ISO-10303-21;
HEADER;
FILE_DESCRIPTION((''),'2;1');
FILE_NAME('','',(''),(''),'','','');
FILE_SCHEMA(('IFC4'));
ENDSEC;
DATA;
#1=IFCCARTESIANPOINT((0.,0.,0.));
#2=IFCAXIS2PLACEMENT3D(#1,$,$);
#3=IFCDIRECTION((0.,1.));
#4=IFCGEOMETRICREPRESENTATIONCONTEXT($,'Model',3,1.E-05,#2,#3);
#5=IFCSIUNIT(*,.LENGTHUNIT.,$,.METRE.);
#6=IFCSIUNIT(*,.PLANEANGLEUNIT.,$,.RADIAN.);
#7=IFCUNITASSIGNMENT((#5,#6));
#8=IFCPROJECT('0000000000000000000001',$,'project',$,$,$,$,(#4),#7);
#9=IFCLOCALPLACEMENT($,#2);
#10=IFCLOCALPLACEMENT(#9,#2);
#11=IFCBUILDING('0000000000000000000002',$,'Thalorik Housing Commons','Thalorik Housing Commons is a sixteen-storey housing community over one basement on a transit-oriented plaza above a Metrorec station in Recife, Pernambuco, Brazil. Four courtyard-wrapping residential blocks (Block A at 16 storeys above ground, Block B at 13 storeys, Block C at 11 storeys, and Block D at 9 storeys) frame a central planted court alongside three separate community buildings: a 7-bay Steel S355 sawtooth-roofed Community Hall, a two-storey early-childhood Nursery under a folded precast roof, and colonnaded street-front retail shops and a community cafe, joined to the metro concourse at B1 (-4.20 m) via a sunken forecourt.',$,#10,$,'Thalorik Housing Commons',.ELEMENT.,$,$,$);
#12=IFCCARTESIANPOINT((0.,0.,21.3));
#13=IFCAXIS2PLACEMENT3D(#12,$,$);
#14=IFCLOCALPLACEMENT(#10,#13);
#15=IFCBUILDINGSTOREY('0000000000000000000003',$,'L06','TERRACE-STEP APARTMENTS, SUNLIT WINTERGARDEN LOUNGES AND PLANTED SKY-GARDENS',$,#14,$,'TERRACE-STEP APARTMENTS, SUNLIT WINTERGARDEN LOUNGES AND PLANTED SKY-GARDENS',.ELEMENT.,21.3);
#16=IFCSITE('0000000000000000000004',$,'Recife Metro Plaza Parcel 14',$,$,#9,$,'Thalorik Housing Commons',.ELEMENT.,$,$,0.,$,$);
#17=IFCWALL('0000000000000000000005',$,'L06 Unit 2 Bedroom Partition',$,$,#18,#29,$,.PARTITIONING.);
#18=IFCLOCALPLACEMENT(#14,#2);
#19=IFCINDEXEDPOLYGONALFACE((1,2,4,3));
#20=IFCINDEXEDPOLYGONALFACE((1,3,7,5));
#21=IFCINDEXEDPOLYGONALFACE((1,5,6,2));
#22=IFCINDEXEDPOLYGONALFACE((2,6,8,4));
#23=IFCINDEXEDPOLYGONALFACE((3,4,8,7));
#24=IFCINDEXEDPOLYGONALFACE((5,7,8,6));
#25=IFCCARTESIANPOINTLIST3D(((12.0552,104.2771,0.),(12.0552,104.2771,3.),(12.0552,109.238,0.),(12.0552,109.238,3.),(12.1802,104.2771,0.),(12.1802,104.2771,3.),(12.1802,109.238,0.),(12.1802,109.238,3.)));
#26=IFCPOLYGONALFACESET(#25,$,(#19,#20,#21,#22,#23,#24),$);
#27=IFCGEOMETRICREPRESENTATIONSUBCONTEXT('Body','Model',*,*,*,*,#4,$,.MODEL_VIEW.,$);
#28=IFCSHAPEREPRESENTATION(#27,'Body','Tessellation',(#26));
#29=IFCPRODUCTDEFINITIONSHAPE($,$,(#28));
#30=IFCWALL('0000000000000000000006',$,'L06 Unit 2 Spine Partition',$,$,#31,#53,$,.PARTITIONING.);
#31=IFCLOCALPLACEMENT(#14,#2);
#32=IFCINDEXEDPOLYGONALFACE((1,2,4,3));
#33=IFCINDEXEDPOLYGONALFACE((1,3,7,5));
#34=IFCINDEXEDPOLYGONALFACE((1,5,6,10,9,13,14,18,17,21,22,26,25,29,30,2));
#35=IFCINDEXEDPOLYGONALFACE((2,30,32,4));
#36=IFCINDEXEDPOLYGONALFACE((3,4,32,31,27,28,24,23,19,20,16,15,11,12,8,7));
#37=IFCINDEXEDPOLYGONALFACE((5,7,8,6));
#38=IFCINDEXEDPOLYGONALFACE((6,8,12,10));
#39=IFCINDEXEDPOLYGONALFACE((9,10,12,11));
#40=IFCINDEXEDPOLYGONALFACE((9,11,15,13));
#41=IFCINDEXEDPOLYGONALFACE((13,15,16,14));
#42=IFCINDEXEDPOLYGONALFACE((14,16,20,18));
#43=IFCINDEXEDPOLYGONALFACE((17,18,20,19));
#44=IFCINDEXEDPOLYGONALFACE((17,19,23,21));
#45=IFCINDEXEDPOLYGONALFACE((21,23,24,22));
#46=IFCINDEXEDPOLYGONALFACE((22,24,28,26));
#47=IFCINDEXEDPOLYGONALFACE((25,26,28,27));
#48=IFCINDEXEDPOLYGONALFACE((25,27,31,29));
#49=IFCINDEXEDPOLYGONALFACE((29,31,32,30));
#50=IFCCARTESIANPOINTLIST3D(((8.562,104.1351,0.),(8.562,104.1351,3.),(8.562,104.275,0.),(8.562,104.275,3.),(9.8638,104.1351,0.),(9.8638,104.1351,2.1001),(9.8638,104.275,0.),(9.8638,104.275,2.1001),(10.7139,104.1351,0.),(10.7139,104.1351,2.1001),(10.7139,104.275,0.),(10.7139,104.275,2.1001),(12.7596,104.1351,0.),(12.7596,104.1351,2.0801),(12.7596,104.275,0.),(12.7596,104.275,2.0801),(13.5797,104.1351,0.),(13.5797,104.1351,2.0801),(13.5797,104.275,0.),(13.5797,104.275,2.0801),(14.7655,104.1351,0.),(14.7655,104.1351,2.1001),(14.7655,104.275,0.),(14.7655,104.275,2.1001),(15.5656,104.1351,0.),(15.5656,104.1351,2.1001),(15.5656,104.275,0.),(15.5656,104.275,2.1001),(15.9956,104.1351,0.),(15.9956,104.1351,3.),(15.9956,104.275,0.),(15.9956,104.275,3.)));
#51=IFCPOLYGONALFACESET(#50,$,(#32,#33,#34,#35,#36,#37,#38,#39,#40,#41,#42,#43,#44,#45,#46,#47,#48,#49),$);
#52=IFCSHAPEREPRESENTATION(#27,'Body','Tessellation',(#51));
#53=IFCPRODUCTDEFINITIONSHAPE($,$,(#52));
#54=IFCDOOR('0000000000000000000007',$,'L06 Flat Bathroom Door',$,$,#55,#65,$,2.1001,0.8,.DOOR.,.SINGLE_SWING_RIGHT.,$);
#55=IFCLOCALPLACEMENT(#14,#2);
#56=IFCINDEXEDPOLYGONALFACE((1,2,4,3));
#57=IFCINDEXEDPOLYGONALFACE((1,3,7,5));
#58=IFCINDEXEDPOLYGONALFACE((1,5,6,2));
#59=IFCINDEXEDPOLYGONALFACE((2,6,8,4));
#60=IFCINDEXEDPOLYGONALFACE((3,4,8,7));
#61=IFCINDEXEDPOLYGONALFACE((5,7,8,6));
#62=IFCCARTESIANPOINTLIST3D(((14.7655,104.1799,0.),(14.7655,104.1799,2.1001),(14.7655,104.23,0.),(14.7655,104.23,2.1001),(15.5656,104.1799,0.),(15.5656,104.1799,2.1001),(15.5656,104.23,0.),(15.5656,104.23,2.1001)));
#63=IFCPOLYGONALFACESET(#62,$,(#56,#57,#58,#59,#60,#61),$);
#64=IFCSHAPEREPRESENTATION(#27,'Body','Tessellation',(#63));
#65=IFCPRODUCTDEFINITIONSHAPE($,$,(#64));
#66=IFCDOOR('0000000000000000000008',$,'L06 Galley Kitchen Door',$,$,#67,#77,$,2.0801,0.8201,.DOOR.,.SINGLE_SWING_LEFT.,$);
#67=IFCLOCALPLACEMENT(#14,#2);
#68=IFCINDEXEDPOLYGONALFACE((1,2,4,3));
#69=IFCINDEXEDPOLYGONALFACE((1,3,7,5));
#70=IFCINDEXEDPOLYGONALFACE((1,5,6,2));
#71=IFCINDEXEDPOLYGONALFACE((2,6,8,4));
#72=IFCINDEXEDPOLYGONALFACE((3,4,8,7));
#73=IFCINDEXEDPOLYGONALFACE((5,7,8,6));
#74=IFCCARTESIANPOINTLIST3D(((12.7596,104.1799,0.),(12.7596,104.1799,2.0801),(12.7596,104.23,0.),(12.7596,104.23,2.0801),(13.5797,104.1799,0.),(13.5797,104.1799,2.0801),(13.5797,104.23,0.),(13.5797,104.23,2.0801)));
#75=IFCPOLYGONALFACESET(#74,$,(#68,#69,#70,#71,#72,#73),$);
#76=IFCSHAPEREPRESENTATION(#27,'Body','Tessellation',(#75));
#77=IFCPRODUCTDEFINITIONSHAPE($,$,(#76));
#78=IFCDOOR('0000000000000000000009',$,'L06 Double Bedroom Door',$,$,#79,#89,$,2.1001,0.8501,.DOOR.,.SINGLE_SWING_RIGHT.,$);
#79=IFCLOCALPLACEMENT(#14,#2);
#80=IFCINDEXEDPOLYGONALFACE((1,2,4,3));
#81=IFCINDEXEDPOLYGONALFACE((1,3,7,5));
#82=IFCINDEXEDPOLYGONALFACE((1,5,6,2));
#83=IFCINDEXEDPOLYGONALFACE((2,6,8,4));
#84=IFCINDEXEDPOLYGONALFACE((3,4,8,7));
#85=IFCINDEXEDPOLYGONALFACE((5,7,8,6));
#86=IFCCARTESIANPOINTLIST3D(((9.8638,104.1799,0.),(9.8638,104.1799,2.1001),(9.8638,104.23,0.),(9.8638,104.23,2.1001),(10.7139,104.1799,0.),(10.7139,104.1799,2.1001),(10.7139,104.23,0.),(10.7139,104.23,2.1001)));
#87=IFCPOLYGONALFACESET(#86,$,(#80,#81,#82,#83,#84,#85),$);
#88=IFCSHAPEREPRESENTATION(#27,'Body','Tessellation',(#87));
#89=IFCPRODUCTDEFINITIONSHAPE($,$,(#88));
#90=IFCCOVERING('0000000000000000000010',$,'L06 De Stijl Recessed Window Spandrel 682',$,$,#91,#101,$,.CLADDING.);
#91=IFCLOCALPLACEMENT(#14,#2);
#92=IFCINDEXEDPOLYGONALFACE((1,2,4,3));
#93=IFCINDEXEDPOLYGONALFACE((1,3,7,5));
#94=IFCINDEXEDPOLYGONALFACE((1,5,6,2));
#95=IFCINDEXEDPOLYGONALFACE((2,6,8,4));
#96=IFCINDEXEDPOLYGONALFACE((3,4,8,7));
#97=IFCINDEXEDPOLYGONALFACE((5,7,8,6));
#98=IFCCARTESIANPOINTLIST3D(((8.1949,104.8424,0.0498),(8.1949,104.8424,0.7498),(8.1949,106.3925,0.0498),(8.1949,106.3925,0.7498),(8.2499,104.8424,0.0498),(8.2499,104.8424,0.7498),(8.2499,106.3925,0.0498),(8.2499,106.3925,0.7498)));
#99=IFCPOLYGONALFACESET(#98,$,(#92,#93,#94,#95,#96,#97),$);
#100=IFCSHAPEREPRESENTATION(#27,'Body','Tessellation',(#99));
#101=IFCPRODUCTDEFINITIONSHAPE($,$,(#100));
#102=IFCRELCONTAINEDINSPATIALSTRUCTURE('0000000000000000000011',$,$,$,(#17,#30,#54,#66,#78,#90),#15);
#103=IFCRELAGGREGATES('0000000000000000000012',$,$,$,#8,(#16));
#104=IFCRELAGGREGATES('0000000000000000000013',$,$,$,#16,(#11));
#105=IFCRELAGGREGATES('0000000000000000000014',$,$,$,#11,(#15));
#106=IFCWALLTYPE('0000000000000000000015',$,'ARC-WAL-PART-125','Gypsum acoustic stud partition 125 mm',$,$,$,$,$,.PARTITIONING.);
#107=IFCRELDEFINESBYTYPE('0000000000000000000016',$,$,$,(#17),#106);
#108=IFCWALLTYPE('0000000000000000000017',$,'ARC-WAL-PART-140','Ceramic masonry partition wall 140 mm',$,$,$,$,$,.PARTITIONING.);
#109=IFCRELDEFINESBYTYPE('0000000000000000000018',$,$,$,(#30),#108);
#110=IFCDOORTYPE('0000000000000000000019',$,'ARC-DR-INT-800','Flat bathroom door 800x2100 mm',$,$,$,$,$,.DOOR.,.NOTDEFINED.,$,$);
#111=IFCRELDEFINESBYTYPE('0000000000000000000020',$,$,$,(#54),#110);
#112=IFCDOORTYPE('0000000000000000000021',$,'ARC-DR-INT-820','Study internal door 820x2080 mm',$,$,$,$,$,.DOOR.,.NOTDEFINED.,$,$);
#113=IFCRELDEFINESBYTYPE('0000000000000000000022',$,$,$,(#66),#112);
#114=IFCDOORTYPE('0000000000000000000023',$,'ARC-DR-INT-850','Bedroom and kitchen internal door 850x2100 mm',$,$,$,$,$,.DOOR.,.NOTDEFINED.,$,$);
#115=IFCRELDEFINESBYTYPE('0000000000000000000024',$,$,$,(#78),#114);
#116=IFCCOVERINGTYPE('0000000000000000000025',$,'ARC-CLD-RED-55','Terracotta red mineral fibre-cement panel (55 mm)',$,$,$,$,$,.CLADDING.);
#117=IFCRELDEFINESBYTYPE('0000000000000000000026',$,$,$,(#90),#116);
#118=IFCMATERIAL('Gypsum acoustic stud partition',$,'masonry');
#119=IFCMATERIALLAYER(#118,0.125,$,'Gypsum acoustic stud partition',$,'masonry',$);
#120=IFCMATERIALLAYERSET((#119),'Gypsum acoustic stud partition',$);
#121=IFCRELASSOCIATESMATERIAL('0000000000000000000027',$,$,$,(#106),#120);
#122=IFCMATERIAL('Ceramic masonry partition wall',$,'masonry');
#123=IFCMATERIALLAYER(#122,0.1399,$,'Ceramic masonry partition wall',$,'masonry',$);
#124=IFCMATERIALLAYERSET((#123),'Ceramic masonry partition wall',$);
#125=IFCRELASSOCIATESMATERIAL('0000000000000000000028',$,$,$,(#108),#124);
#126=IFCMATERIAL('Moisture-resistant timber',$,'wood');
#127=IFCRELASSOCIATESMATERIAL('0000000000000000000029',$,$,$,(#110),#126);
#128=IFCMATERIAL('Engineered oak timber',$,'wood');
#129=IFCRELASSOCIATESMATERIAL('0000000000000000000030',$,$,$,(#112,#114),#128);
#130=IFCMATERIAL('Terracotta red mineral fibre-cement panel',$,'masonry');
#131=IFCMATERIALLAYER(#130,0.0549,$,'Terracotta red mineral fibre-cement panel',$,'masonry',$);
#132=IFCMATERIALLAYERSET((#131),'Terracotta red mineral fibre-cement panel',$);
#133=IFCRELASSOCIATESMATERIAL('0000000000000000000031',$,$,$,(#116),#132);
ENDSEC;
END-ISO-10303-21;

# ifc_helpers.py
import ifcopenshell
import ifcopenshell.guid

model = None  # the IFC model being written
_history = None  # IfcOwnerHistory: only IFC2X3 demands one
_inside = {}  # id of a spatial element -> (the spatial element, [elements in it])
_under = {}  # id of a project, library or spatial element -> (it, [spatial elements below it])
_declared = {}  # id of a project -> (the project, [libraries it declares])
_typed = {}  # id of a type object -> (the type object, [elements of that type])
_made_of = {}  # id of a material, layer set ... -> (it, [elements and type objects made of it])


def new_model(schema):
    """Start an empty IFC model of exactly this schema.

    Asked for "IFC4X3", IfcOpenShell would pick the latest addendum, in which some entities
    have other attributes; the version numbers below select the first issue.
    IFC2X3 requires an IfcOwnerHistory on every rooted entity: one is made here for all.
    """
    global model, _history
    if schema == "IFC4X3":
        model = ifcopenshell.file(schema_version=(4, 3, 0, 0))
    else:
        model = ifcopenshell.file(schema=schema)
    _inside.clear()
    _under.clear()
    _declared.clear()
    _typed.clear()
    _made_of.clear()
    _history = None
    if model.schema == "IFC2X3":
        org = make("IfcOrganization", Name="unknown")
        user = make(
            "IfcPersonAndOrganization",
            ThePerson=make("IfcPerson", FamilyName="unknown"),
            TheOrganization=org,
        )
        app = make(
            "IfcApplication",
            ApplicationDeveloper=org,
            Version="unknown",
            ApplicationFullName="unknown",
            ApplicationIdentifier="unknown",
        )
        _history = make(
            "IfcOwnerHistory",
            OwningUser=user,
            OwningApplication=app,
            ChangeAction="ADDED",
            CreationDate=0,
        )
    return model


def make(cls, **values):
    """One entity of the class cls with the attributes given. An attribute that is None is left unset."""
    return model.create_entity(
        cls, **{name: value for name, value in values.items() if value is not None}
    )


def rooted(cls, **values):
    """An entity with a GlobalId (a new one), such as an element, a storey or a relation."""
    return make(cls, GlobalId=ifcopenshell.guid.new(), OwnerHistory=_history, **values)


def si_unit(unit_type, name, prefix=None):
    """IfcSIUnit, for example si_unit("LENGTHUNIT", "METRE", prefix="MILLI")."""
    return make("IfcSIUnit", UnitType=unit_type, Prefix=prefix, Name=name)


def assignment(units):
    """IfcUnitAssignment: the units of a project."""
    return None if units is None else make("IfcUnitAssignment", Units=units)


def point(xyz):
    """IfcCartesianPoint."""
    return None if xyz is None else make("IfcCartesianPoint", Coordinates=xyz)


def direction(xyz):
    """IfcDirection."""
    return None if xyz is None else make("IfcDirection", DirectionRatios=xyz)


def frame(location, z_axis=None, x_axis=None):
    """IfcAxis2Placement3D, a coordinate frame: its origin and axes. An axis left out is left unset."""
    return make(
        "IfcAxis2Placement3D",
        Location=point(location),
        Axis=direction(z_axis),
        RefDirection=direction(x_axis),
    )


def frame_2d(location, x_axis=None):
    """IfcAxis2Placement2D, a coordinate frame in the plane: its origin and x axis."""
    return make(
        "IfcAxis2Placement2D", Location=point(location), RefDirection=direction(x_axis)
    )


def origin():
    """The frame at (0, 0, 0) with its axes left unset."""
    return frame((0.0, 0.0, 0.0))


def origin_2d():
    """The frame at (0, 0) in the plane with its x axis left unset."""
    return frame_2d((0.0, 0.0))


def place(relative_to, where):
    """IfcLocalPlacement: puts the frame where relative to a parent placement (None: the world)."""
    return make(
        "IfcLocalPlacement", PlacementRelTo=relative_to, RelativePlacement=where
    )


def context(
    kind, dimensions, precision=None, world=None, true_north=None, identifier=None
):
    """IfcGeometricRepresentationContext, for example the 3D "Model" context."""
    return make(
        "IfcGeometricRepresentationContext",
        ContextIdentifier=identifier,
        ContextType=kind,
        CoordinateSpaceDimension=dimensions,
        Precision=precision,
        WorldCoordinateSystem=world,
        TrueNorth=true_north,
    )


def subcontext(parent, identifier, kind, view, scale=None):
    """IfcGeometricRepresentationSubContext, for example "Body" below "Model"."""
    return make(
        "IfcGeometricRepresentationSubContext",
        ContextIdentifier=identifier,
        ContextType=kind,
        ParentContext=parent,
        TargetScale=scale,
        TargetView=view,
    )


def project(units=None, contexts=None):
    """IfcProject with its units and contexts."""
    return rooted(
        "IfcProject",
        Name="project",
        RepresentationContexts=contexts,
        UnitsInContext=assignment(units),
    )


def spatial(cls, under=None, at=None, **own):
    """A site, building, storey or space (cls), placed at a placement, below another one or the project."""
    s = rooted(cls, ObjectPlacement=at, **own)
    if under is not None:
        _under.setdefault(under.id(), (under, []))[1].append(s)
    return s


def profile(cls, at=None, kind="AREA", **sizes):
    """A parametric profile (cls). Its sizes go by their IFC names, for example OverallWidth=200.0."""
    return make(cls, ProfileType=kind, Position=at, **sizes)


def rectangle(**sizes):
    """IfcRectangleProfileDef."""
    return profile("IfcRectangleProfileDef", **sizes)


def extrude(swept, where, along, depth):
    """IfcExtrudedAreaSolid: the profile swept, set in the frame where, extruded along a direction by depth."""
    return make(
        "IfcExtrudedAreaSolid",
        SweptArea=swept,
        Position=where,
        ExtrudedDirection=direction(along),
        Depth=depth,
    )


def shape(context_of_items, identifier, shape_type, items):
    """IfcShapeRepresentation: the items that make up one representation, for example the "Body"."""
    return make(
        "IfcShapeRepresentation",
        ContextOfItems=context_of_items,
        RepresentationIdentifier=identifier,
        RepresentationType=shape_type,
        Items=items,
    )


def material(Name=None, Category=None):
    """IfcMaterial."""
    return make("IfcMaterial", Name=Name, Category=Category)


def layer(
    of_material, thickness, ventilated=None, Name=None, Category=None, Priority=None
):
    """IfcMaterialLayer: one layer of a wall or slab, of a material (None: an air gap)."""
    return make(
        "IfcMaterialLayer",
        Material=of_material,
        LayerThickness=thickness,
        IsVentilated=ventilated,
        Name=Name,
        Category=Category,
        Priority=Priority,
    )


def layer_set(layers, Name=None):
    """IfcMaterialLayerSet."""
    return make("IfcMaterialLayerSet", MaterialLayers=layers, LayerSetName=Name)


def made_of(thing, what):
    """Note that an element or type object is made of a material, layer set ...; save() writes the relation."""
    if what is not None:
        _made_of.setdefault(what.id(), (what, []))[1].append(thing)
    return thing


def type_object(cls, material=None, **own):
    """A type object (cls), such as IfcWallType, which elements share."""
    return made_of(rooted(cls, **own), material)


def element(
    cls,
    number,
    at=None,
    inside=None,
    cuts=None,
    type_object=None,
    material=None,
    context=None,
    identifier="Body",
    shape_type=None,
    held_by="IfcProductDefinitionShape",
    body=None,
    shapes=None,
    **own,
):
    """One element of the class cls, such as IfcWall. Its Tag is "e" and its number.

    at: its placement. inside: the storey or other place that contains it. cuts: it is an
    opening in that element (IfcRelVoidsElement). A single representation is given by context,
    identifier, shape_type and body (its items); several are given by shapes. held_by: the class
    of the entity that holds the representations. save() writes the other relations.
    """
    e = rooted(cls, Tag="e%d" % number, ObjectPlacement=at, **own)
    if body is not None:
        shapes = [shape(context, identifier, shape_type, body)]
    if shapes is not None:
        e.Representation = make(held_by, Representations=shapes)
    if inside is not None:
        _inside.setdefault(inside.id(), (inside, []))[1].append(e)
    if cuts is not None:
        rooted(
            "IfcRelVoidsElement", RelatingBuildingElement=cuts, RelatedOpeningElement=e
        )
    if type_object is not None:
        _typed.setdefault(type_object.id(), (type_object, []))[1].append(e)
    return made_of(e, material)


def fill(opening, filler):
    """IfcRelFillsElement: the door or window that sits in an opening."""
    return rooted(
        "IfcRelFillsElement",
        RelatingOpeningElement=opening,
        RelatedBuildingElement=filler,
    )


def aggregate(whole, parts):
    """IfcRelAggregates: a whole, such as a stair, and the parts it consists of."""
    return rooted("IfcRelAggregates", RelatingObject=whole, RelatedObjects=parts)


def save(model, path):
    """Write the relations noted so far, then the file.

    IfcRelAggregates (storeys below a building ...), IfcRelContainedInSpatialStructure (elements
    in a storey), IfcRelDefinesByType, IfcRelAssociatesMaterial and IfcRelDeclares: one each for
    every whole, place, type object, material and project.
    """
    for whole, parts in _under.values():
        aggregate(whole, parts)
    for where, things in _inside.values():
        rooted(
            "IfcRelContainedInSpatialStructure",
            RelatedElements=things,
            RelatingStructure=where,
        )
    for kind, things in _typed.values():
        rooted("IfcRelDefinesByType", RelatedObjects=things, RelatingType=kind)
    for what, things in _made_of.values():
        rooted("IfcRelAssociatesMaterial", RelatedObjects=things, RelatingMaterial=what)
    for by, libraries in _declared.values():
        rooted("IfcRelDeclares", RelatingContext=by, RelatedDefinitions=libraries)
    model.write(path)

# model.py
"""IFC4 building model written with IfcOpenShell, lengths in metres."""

from ifc_helpers import new_model, si_unit, direction, frame, frame_2d, origin, origin_2d, place, context, subcontext, project, spatial, rectangle, extrude, material, layer, layer_set, type_object, element, fill, save


model = new_model("IFC4")

# Units and contexts
model_context = context("Model", 3, precision=1e-05, world=origin(), true_north=direction((0.0, 1.0)))
body_context = subcontext(model_context, "Body", "Model", "MODEL_VIEW")
ifc_project = project(units=[si_unit("LENGTHUNIT", "METRE"), si_unit("PLANEANGLEUNIT", "RADIAN")], contexts=[model_context])

# Site, building, storey
site_placement = place(None, origin())
site = spatial("IfcSite", under=ifc_project, at=site_placement, Name="Recife Metro Plaza Parcel 14", LongName="Thalorik Housing Commons", CompositionType="ELEMENT", RefElevation=0.0)
building_placement = place(site_placement, origin())
building = spatial("IfcBuilding", under=site, at=building_placement, Name="Thalorik Housing Commons", Description="Thalorik Housing Commons is a sixteen-storey housing community over one basement on a transit-oriented plaza above a Metrorec station in Recife, Pernambuco, Brazil. Four courtyard-wrapping residential blocks (Block A at 16 storeys above ground, Block B at 13 storeys, Block C at 11 storeys, and Block D at 9 storeys) frame a central planted court alongside three separate community buildings: a 7-bay Steel S355 sawtooth-roofed Community Hall, a two-storey early-childhood Nursery under a folded precast roof, and colonnaded street-front retail shops and a community cafe, joined to the metro concourse at B1 (-4.20 m) via a sunken forecourt.", LongName="Thalorik Housing Commons", CompositionType="ELEMENT")
storey_placement = place(building_placement, frame((0.0, 0.0, 21.3)))
storey = spatial("IfcBuildingStorey", under=building, at=storey_placement, Name="L06", Description="TERRACE-STEP APARTMENTS, SUNLIT WINTERGARDEN LOUNGES AND PLANTED SKY-GARDENS", LongName="TERRACE-STEP APARTMENTS, SUNLIT WINTERGARDEN LOUNGES AND PLANTED SKY-GARDENS", CompositionType="ELEMENT", Elevation=21.3)

# Wall
ifc_material_1 = material(Name="Gypsum acoustic stud partition", Category="masonry")
ifc_layer_1 = layer(ifc_material_1, 0.125, Name="Gypsum acoustic stud partition", Category="masonry")
ifc_layer_set_1 = layer_set([ifc_layer_1], Name="Gypsum acoustic stud partition")
wall_type_1 = type_object("IfcWallType", Name="ARC-WAL-PART-125", Description="Gypsum acoustic stud partition 125 mm", PredefinedType="PARTITIONING", material=ifc_layer_set_1)
wall_1_placement = place(storey_placement, frame((12.1177, 104.2771, 0.0), z_axis=(0.0, 0.0, 1.0), x_axis=(0.0, 1.0, 0.0)))
element("IfcWall", 1, at=wall_1_placement, inside=storey, type_object=wall_type_1, Name="L06 Unit 2 Bedroom Partition", PredefinedType="PARTITIONING", context=body_context, shape_type="SweptSolid", body=[
    extrude(rectangle(XDim=4.9609, YDim=0.125, at=frame_2d((2.4805, 0.0))), origin(), (0.0, 0.0, 1.0), 3.0),
])

# Wall, openings, doors
ifc_material_2 = material(Name="Ceramic masonry partition wall", Category="masonry")
ifc_layer_2 = layer(ifc_material_2, 0.1399, Name="Ceramic masonry partition wall", Category="masonry")
ifc_layer_set_2 = layer_set([ifc_layer_2], Name="Ceramic masonry partition wall")
wall_type_2 = type_object("IfcWallType", Name="ARC-WAL-PART-140", Description="Ceramic masonry partition wall 140 mm", PredefinedType="PARTITIONING", material=ifc_layer_set_2)
wall_2_placement = place(storey_placement, frame((8.562, 104.2051, 0.0), z_axis=(0.0, 0.0, 1.0), x_axis=(1.0, 0.0, 0.0)))
wall_2 = element("IfcWall", 2, at=wall_2_placement, inside=storey, type_object=wall_type_2, Name="L06 Unit 2 Spine Partition", PredefinedType="PARTITIONING", context=body_context, shape_type="SweptSolid", body=[
    extrude(rectangle(XDim=7.4336, YDim=0.1399, at=frame_2d((3.7168, 0.0))), origin(), (0.0, 0.0, 1.0), 3.0),
])
opening_1_placement = place(wall_2_placement, frame((1.3018, 0.0, 0.0)))
opening_1 = element("IfcOpeningElement", 3, at=opening_1_placement, cuts=wall_2, PredefinedType="OPENING", context=body_context, shape_type="SweptSolid", body=[
    extrude(rectangle(XDim=0.8501, YDim=2.1001, at=frame_2d((0.425, 1.05))), frame((0.0, 0.0801, 0.0), z_axis=(0.0, -1.0, 0.0), x_axis=(1.0, 0.0, 0.0)), (0.0, 0.0, 1.0), 0.1599),
])
opening_2_placement = place(wall_2_placement, frame((4.1975, 0.0, 0.0)))
opening_2 = element("IfcOpeningElement", 4, at=opening_2_placement, cuts=wall_2, PredefinedType="OPENING", context=body_context, shape_type="SweptSolid", body=[
    extrude(rectangle(XDim=0.8201, YDim=2.0801, at=frame_2d((0.4102, 1.04))), frame((0.0, 0.0801, 0.0), z_axis=(0.0, -1.0, 0.0), x_axis=(1.0, 0.0, 0.0)), (0.0, 0.0, 1.0), 0.1599),
])
opening_3_placement = place(wall_2_placement, frame((6.2036, 0.0, 0.0)))
opening_3 = element("IfcOpeningElement", 5, at=opening_3_placement, cuts=wall_2, PredefinedType="OPENING", context=body_context, shape_type="SweptSolid", body=[
    extrude(rectangle(XDim=0.8, YDim=2.1001, at=frame_2d((0.3999, 1.05))), frame((0.0, 0.0801, 0.0), z_axis=(0.0, -1.0, 0.0), x_axis=(1.0, 0.0, 0.0)), (0.0, 0.0, 1.0), 0.1599),
])
ifc_material_3 = material(Name="Moisture-resistant timber", Category="wood")
door_type_1 = type_object("IfcDoorType", Name="ARC-DR-INT-800", Description="Flat bathroom door 800x2100 mm", OperationType="NOTDEFINED", PredefinedType="DOOR", material=ifc_material_3)
door_1_placement = place(opening_3_placement, origin())
door_1 = element("IfcDoor", 6, at=door_1_placement, inside=storey, type_object=door_type_1, Name="L06 Flat Bathroom Door", OperationType="SINGLE_SWING_RIGHT", OverallHeight=2.1001, OverallWidth=0.8, PredefinedType="DOOR", context=body_context, shape_type="SweptSolid", body=[
    extrude(rectangle(XDim=0.8, YDim=2.1001, at=frame_2d((0.3999, 1.05))), frame((0.0, 0.0249, 0.0), z_axis=(0.0, -1.0, 0.0), x_axis=(1.0, 0.0, 0.0)), (0.0, 0.0, 1.0), 0.05),
])
fill(opening_3, door_1)
ifc_material_4 = material(Name="Engineered oak timber", Category="wood")
door_type_2 = type_object("IfcDoorType", Name="ARC-DR-INT-820", Description="Study internal door 820x2080 mm", OperationType="NOTDEFINED", PredefinedType="DOOR", material=ifc_material_4)
door_2_placement = place(opening_2_placement, origin())
door_2 = element("IfcDoor", 7, at=door_2_placement, inside=storey, type_object=door_type_2, Name="L06 Galley Kitchen Door", OperationType="SINGLE_SWING_LEFT", OverallHeight=2.0801, OverallWidth=0.8201, PredefinedType="DOOR", context=body_context, shape_type="SweptSolid", body=[
    extrude(rectangle(XDim=0.8201, YDim=2.0801, at=frame_2d((0.4102, 1.04))), frame((0.0, 0.0249, 0.0), z_axis=(0.0, -1.0, 0.0), x_axis=(1.0, 0.0, 0.0)), (0.0, 0.0, 1.0), 0.05),
])
fill(opening_2, door_2)
door_type_3 = type_object("IfcDoorType", Name="ARC-DR-INT-850", Description="Bedroom and kitchen internal door 850x2100 mm", OperationType="NOTDEFINED", PredefinedType="DOOR", material=ifc_material_4)
door_3_placement = place(opening_1_placement, origin())
door_3 = element("IfcDoor", 8, at=door_3_placement, inside=storey, type_object=door_type_3, Name="L06 Double Bedroom Door", OperationType="SINGLE_SWING_RIGHT", OverallHeight=2.1001, OverallWidth=0.8501, PredefinedType="DOOR", context=body_context, shape_type="SweptSolid", body=[
    extrude(rectangle(XDim=0.8501, YDim=2.1001, at=frame_2d((0.425, 1.05))), frame((0.0, 0.0249, 0.0), z_axis=(0.0, -1.0, 0.0), x_axis=(1.0, 0.0, 0.0)), (0.0, 0.0, 1.0), 0.05),
])
fill(opening_1, door_3)

# Covering
ifc_material_5 = material(Name="Terracotta red mineral fibre-cement panel", Category="masonry")
ifc_layer_3 = layer(ifc_material_5, 0.0549, Name="Terracotta red mineral fibre-cement panel", Category="masonry")
ifc_layer_set_3 = layer_set([ifc_layer_3], Name="Terracotta red mineral fibre-cement panel")
covering_type_1 = type_object("IfcCoveringType", Name="ARC-CLD-RED-55", Description="Terracotta red mineral fibre-cement panel (55 mm)", PredefinedType="CLADDING", material=ifc_layer_set_3)
covering_1_placement = place(storey_placement, frame((8.2224, 105.6174, 0.0498), z_axis=(0.0, 0.0, 1.0), x_axis=(0.0, -1.0, 0.0)))
element("IfcCovering", 9, at=covering_1_placement, inside=storey, type_object=covering_type_1, Name="L06 De Stijl Recessed Window Spandrel 682", PredefinedType="CLADDING", context=body_context, shape_type="SweptSolid", body=[
    extrude(rectangle(XDim=1.55, YDim=0.0549, at=origin_2d()), origin(), (0.0, 0.0, 1.0), 0.7),
])

save(model, "model.ifc")
